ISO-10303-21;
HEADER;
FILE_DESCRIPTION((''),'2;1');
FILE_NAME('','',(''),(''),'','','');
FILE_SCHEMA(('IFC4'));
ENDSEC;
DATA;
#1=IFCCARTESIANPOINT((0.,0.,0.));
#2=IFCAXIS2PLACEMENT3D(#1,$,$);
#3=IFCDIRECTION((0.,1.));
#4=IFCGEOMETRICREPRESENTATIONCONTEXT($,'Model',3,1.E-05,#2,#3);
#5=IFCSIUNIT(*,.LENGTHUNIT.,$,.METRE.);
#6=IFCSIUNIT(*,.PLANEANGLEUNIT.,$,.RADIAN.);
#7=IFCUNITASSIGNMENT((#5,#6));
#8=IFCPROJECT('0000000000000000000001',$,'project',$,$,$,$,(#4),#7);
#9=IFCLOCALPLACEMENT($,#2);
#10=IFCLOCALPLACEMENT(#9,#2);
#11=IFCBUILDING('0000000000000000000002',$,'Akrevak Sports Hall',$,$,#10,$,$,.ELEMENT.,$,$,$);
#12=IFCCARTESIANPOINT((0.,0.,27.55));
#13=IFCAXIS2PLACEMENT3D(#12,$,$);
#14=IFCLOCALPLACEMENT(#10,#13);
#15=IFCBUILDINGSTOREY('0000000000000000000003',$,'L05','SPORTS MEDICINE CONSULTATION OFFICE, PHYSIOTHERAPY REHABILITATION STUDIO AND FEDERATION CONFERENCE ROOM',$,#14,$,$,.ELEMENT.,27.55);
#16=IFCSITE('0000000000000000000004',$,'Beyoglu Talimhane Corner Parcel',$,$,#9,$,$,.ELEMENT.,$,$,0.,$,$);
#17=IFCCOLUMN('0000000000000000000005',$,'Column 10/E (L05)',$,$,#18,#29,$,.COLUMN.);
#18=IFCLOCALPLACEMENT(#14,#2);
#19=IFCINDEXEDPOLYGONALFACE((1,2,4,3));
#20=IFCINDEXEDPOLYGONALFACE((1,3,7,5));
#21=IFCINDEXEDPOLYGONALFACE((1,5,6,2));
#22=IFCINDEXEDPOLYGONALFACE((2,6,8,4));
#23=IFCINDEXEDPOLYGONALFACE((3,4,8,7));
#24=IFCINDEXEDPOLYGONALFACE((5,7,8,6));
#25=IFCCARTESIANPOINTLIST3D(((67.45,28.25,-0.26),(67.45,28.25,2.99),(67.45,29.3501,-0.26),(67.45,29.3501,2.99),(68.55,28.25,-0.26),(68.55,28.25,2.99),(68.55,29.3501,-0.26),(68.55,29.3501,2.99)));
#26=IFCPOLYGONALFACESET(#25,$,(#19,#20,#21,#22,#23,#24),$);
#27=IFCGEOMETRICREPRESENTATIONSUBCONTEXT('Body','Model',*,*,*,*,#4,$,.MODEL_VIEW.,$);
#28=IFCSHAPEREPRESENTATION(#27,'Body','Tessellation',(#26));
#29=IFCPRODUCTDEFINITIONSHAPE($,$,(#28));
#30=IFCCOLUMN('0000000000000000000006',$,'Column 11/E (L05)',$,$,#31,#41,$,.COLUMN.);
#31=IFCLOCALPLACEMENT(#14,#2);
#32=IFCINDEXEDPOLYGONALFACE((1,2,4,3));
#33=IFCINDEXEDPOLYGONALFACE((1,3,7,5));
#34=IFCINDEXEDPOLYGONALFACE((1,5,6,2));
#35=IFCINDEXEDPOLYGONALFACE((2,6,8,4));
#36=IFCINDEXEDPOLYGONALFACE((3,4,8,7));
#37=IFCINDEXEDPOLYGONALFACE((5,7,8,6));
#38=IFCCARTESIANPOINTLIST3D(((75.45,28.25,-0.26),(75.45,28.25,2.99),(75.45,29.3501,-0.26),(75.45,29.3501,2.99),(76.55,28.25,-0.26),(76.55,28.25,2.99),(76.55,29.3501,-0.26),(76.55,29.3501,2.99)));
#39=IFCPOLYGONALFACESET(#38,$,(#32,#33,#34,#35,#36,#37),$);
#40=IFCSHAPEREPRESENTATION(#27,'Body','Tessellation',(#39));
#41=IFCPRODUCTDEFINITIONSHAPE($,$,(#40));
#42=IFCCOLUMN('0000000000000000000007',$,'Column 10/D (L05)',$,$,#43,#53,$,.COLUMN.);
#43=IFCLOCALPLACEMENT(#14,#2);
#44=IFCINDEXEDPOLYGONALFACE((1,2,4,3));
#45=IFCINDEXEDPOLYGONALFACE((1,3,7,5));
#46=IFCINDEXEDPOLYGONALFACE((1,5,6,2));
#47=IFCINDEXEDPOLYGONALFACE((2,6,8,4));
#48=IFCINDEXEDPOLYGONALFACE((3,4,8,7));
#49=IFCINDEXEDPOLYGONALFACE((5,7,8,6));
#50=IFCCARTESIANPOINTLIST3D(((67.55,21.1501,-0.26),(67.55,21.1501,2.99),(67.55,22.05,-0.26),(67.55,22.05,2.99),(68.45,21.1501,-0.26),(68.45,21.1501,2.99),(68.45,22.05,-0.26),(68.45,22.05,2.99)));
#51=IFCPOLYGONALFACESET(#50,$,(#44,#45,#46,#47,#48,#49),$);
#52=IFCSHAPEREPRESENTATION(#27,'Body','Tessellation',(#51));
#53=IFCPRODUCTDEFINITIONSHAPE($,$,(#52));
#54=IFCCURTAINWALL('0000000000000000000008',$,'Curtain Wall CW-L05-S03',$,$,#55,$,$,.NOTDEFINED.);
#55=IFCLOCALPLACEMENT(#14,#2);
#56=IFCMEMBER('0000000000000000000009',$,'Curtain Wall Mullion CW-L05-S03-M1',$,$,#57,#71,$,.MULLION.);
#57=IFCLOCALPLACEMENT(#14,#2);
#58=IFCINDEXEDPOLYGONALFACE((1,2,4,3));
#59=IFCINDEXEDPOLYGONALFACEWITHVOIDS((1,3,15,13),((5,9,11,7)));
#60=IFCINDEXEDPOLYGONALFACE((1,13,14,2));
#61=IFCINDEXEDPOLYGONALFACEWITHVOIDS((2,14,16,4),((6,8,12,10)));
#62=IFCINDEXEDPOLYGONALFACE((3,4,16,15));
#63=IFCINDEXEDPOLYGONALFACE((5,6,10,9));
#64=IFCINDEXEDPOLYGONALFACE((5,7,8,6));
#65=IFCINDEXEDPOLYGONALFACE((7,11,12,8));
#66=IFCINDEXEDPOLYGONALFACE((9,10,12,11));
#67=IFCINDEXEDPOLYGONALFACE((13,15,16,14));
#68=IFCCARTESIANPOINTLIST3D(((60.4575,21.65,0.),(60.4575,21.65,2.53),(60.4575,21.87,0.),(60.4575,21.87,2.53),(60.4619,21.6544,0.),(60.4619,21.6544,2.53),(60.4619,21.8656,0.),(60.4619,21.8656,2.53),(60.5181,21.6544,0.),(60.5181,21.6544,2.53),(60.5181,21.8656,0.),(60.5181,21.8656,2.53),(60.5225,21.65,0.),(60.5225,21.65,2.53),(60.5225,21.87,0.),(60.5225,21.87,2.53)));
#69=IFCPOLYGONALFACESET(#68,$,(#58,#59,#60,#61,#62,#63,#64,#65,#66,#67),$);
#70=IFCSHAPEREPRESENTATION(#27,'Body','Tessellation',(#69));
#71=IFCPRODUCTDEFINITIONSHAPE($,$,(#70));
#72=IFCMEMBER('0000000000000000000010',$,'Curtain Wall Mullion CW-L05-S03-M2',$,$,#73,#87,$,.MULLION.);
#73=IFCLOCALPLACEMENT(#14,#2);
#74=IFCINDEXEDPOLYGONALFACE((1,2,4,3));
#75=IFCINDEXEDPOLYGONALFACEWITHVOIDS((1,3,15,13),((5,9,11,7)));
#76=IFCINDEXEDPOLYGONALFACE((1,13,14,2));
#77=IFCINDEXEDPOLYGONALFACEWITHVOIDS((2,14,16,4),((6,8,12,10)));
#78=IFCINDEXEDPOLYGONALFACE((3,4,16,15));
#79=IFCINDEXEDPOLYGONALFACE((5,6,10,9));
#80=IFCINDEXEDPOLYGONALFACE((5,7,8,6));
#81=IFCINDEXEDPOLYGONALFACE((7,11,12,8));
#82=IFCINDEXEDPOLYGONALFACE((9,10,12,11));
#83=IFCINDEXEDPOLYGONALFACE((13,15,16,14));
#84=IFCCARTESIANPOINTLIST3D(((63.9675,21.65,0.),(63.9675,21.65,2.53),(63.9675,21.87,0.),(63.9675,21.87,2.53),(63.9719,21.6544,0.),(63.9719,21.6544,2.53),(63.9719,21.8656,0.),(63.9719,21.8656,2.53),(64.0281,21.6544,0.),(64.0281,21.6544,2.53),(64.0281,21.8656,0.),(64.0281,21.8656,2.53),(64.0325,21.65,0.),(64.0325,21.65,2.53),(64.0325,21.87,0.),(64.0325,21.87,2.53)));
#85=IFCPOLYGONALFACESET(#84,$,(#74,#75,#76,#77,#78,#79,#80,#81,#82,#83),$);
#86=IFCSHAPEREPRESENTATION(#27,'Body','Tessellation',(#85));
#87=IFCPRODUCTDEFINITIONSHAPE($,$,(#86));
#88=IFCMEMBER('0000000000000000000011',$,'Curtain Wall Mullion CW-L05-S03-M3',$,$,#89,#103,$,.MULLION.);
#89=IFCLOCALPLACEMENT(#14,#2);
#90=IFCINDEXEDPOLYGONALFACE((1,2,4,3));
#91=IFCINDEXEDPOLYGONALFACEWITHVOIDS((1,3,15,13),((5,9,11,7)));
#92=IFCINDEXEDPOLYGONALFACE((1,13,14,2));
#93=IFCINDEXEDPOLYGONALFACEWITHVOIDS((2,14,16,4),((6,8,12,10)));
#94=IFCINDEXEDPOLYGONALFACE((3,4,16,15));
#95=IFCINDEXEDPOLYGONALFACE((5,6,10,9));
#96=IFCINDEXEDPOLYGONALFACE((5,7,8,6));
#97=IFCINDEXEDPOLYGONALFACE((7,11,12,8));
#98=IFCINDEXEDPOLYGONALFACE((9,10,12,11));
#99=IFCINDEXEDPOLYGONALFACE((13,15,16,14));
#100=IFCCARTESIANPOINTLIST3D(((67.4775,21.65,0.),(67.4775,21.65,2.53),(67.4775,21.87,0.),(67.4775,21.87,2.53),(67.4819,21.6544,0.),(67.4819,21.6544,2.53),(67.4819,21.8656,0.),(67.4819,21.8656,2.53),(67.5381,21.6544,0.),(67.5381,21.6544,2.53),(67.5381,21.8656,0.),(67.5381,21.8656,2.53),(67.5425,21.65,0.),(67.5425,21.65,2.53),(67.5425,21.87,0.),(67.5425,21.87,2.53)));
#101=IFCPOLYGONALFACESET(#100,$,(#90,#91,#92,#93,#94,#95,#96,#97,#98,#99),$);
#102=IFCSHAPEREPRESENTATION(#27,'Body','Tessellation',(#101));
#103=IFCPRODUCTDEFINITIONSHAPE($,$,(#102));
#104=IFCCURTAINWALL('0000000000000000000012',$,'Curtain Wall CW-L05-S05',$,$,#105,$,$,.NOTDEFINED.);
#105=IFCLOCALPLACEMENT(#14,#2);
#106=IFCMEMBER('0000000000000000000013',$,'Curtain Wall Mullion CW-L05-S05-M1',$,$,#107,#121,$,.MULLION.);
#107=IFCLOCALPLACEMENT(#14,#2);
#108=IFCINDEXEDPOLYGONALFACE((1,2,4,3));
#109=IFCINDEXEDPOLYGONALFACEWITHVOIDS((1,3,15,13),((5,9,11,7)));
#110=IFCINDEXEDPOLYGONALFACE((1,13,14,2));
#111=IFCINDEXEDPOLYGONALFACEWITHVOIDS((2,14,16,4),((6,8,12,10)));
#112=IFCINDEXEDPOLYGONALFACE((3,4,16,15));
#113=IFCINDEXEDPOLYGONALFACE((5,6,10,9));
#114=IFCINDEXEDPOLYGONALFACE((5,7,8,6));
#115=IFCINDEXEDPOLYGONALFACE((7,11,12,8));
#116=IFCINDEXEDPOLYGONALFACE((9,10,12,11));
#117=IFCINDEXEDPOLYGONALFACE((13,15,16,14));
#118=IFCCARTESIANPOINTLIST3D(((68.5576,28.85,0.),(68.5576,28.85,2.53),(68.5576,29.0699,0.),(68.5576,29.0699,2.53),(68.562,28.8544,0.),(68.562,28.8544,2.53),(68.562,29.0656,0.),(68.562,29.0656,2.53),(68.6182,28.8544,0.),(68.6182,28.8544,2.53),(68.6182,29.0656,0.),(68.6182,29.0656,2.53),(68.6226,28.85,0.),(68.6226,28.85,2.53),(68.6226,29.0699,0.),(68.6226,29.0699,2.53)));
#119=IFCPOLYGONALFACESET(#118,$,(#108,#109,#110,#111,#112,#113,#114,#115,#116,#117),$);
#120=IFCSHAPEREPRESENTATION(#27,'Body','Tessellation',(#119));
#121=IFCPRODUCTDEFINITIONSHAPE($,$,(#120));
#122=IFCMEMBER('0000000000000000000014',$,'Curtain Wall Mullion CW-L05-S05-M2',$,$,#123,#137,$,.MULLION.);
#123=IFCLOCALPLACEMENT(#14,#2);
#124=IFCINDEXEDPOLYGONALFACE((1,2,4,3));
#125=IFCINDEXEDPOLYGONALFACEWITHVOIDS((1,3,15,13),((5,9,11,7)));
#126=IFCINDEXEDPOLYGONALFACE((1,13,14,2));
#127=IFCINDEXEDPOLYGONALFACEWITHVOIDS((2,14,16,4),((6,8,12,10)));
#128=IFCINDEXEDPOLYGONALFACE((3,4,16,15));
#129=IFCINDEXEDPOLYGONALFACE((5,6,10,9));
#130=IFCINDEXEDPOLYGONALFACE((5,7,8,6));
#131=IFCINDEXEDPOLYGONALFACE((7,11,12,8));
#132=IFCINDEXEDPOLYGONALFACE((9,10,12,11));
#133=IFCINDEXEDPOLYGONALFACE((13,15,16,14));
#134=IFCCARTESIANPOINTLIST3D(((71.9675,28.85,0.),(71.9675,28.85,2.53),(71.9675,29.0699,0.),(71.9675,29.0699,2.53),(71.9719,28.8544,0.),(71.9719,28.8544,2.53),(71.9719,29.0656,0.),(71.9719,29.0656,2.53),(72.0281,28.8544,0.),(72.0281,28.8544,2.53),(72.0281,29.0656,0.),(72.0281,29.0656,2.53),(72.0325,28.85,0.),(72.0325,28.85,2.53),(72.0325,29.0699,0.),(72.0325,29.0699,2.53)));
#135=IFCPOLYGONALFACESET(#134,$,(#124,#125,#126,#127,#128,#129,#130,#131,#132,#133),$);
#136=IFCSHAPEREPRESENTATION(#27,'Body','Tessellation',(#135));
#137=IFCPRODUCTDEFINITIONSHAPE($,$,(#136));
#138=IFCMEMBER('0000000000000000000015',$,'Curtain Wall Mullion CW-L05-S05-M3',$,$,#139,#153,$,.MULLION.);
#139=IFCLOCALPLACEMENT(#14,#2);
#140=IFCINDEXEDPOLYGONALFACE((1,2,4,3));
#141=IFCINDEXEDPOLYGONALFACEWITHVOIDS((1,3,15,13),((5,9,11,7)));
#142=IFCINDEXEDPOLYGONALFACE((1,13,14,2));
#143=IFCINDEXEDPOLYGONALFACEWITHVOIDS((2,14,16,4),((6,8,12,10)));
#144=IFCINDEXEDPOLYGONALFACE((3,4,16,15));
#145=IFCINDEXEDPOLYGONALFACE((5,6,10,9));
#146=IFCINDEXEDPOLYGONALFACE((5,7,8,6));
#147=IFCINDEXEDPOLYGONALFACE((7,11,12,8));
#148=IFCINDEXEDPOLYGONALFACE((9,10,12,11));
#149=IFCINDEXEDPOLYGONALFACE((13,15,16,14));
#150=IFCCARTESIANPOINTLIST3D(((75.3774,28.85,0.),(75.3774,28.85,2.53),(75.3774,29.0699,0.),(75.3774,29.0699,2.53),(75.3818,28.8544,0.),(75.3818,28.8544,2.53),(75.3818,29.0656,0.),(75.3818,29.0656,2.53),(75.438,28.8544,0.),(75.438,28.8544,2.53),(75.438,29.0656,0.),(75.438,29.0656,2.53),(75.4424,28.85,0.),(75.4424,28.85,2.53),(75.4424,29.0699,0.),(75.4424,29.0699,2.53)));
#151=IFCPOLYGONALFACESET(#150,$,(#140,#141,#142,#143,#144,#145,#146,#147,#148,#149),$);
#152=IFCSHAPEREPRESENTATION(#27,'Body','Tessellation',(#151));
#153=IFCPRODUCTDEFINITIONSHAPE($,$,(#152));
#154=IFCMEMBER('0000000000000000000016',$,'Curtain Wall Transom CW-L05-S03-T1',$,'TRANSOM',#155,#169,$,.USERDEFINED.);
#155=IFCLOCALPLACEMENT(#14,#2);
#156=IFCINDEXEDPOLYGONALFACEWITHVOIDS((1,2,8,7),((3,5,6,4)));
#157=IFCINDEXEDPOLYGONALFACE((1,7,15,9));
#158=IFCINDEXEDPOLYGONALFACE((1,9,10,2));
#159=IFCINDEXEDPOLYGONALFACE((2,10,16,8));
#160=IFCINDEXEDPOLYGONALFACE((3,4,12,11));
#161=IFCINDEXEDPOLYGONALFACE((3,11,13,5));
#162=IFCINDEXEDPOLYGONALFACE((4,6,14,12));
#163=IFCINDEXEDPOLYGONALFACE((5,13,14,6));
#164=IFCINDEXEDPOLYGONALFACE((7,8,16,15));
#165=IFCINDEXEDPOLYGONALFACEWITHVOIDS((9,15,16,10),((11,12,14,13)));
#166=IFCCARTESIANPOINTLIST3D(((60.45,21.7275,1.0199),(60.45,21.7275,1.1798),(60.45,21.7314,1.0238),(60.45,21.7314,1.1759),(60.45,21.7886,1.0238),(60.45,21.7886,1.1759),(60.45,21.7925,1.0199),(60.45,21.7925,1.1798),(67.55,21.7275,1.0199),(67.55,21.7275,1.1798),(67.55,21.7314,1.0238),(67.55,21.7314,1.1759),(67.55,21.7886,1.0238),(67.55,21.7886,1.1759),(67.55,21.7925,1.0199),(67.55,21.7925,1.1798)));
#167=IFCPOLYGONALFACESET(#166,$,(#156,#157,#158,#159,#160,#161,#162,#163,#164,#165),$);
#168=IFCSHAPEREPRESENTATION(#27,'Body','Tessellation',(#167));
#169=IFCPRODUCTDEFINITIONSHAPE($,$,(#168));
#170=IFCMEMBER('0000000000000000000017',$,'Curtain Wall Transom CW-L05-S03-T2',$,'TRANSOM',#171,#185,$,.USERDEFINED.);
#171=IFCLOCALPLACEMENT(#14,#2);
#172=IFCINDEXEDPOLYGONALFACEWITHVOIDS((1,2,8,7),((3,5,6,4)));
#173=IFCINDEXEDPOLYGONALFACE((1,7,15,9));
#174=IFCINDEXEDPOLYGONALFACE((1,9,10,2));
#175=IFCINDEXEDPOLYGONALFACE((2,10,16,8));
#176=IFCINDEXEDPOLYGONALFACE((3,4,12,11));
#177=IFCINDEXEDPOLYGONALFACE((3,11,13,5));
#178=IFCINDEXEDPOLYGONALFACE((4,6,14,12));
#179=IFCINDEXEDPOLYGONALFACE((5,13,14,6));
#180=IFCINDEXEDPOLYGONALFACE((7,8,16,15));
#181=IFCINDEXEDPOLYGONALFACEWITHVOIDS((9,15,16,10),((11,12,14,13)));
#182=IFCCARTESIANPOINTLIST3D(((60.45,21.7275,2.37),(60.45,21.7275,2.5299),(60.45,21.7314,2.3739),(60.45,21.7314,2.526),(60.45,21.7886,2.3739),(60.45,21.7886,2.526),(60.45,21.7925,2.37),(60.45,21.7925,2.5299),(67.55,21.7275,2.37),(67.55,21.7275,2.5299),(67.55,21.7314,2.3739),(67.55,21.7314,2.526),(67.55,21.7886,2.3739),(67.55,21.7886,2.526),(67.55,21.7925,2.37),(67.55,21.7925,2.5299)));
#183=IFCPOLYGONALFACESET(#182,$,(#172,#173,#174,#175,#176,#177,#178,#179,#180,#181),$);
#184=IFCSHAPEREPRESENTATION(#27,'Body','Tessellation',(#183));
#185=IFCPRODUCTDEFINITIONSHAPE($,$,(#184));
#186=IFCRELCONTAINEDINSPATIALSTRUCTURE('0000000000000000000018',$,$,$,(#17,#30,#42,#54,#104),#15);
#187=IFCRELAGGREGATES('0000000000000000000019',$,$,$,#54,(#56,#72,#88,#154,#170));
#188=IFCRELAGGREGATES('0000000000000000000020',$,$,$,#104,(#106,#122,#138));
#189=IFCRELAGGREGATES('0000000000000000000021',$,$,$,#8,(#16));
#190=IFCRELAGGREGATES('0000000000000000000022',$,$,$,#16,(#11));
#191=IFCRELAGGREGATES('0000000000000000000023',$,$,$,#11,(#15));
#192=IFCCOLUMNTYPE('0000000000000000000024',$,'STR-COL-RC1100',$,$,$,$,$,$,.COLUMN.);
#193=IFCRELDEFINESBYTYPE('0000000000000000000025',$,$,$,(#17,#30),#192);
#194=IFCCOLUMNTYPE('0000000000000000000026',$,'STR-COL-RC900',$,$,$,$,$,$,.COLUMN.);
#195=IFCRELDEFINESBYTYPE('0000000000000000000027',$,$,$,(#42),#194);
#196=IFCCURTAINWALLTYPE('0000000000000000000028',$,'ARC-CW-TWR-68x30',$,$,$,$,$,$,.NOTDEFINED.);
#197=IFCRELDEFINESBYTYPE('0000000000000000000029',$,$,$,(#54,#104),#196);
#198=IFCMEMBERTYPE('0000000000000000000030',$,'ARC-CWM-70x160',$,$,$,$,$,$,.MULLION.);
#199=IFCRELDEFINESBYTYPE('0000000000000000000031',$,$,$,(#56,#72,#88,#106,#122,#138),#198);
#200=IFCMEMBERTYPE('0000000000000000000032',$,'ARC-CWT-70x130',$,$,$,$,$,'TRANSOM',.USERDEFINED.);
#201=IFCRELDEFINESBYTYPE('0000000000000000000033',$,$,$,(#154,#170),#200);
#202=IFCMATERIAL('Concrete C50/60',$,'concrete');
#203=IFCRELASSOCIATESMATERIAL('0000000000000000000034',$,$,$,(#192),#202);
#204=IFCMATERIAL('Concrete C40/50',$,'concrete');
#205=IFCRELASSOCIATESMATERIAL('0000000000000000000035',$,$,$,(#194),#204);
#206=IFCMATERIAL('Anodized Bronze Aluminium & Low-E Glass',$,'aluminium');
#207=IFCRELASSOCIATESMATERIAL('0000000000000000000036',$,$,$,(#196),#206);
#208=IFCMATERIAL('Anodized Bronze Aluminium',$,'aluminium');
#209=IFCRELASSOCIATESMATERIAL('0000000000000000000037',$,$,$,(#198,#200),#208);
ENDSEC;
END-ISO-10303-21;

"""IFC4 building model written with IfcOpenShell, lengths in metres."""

from ifc_helpers import new_model, si_unit, direction, frame, origin, origin_2d, place, context, subcontext, project, spatial, rectangle, hollow_rectangle, extrude, material, material_profile, profile_set, type_object, element, aggregate, save


model = new_model("IFC4")

# Units and contexts
model_context = context("Model", 3, precision=1e-05, world=origin(), true_north=direction((0.0, 1.0)))
body_context = subcontext(model_context, "Body", "Model", "MODEL_VIEW")
ifc_project = project(units=[si_unit("LENGTHUNIT", "METRE"), si_unit("PLANEANGLEUNIT", "RADIAN")], contexts=[model_context])

# Site, building, storey
site_placement = place(None, origin())
site = spatial("IfcSite", under=ifc_project, at=site_placement, Name="Beyoglu Talimhane Corner Parcel", CompositionType="ELEMENT", RefElevation=0.0)
building_placement = place(site_placement, origin())
building = spatial("IfcBuilding", under=site, at=building_placement, Name="Akrevak Sports Hall", CompositionType="ELEMENT")
storey_placement = place(building_placement, frame((0.0, 0.0, 27.55)))
storey = spatial("IfcBuildingStorey", under=building, at=storey_placement, Name="L05", Description="SPORTS MEDICINE CONSULTATION OFFICE, PHYSIOTHERAPY REHABILITATION STUDIO AND FEDERATION CONFERENCE ROOM", CompositionType="ELEMENT", Elevation=27.55)

# Columns
ifc_material_1 = material(Name="Concrete C50/60", Category="concrete")
ifc_material_profile_1 = material_profile(ifc_material_1, rectangle(XDim=1.1001, YDim=1.1001, at=origin_2d()), Name="RC 1100x1100", Category="concrete")
ifc_profile_set_1 = profile_set([ifc_material_profile_1], Name="Concrete C50/60")
column_type_1 = type_object("IfcColumnType", Name="STR-COL-RC1100", PredefinedType="COLUMN", material=ifc_profile_set_1)
for number, where, z_axis, x_axis, name in (
    (1, (68.0, 28.8, -0.26), (0.0, 0.0, 1.0), (1.0, 0.0, 0.0), "Column 10/E (L05)"),
    (2, (76.0, 28.8, -0.26), (0.0, 0.0, 1.0), (1.0, 0.0, 0.0), "Column 11/E (L05)"),
):
    element("IfcColumn", number, at=place(storey_placement, frame(where, z_axis=z_axis, x_axis=x_axis)), inside=storey, type_object=column_type_1, Name=name, PredefinedType="COLUMN", context=body_context, shape_type="SweptSolid", body=[
        extrude(rectangle(XDim=1.1001, YDim=1.1001, at=origin_2d()), origin(), (0.0, 0.0, 1.0), 3.25),
    ])
ifc_material_2 = material(Name="Concrete C40/50", Category="concrete")
ifc_material_profile_2 = material_profile(ifc_material_2, rectangle(XDim=0.8999, YDim=0.8999, at=origin_2d()), Name="RC 900x900", Category="concrete")
ifc_profile_set_2 = profile_set([ifc_material_profile_2], Name="Concrete C40/50")
column_type_2 = type_object("IfcColumnType", Name="STR-COL-RC900", PredefinedType="COLUMN", material=ifc_profile_set_2)
column_placement = place(storey_placement, frame((68.0, 21.6001, -0.26), z_axis=(0.0, 0.0, 1.0), x_axis=(1.0, 0.0, 0.0)))
element("IfcColumn", 3, at=column_placement, inside=storey, type_object=column_type_2, Name="Column 10/D (L05)", PredefinedType="COLUMN", context=body_context, shape_type="SweptSolid", body=[
    extrude(rectangle(XDim=0.8999, YDim=0.8999, at=origin_2d()), origin(), (0.0, 0.0, 1.0), 3.25),
])

# Curtain walls, members
ifc_material_3 = material(Name="Anodized Bronze Aluminium & Low-E Glass", Category="aluminium")
curtain_wall_type = type_object("IfcCurtainWallType", Name="ARC-CW-TWR-68x30", PredefinedType="NOTDEFINED", material=ifc_material_3)
curtain_wall_1_placement = place(storey_placement, origin())
curtain_wall_1 = element("IfcCurtainWall", 4, at=curtain_wall_1_placement, inside=storey, type_object=curtain_wall_type, Name="Curtain Wall CW-L05-S03", PredefinedType="NOTDEFINED")
ifc_material_4 = material(Name="Anodized Bronze Aluminium", Category="aluminium")
ifc_material_profile_3 = material_profile(ifc_material_4, hollow_rectangle(XDim=0.0649, YDim=0.22, WallThickness=0.0044, at=origin_2d()), Name="CWM 65x220", Category="aluminium")
ifc_profile_set_3 = profile_set([ifc_material_profile_3], Name="Anodized Bronze Aluminium")
member_type_1 = type_object("IfcMemberType", Name="ARC-CWM-70x160", PredefinedType="MULLION", material=ifc_profile_set_3)
member_1_placement = place(storey_placement, frame((60.49, 21.76, 0.0), z_axis=(0.0, 0.0, 1.0), x_axis=(1.0, 0.0, 0.0)))
member_1 = element("IfcMember", 5, at=member_1_placement, type_object=member_type_1, Name="Curtain Wall Mullion CW-L05-S03-M1", PredefinedType="MULLION", context=body_context, shape_type="SweptSolid", body=[
    extrude(hollow_rectangle(XDim=0.0649, YDim=0.22, WallThickness=0.0044, at=origin_2d()), origin(), (0.0, 0.0, 1.0), 2.53),
])
member_2_placement = place(storey_placement, frame((64.0, 21.76, 0.0), z_axis=(0.0, 0.0, 1.0), x_axis=(1.0, 0.0, 0.0)))
member_2 = element("IfcMember", 6, at=member_2_placement, type_object=member_type_1, Name="Curtain Wall Mullion CW-L05-S03-M2", PredefinedType="MULLION", context=body_context, shape_type="SweptSolid", body=[
    extrude(hollow_rectangle(XDim=0.0649, YDim=0.22, WallThickness=0.0044, at=origin_2d()), origin(), (0.0, 0.0, 1.0), 2.53),
])
member_3_placement = place(storey_placement, frame((67.51, 21.76, 0.0), z_axis=(0.0, 0.0, 1.0), x_axis=(1.0, 0.0, 0.0)))
member_3 = element("IfcMember", 7, at=member_3_placement, type_object=member_type_1, Name="Curtain Wall Mullion CW-L05-S03-M3", PredefinedType="MULLION", context=body_context, shape_type="SweptSolid", body=[
    extrude(hollow_rectangle(XDim=0.0649, YDim=0.22, WallThickness=0.0044, at=origin_2d()), origin(), (0.0, 0.0, 1.0), 2.53),
])
curtain_wall_2_placement = place(storey_placement, origin())
curtain_wall_2 = element("IfcCurtainWall", 8, at=curtain_wall_2_placement, inside=storey, type_object=curtain_wall_type, Name="Curtain Wall CW-L05-S05", PredefinedType="NOTDEFINED")
member_4_placement = place(storey_placement, frame((68.5901, 28.96, 0.0), z_axis=(0.0, 0.0, 1.0), x_axis=(1.0, 0.0, 0.0)))
member_4 = element("IfcMember", 9, at=member_4_placement, type_object=member_type_1, Name="Curtain Wall Mullion CW-L05-S05-M1", PredefinedType="MULLION", context=body_context, shape_type="SweptSolid", body=[
    extrude(hollow_rectangle(XDim=0.0649, YDim=0.22, WallThickness=0.0044, at=origin_2d()), origin(), (0.0, 0.0, 1.0), 2.53),
])
member_5_placement = place(storey_placement, frame((72.0, 28.96, 0.0), z_axis=(0.0, 0.0, 1.0), x_axis=(1.0, 0.0, 0.0)))
member_5 = element("IfcMember", 10, at=member_5_placement, type_object=member_type_1, Name="Curtain Wall Mullion CW-L05-S05-M2", PredefinedType="MULLION", context=body_context, shape_type="SweptSolid", body=[
    extrude(hollow_rectangle(XDim=0.0649, YDim=0.22, WallThickness=0.0044, at=origin_2d()), origin(), (0.0, 0.0, 1.0), 2.53),
])
member_6_placement = place(storey_placement, frame((75.4099, 28.96, 0.0), z_axis=(0.0, 0.0, 1.0), x_axis=(1.0, 0.0, 0.0)))
member_6 = element("IfcMember", 11, at=member_6_placement, type_object=member_type_1, Name="Curtain Wall Mullion CW-L05-S05-M3", PredefinedType="MULLION", context=body_context, shape_type="SweptSolid", body=[
    extrude(hollow_rectangle(XDim=0.0649, YDim=0.22, WallThickness=0.0044, at=origin_2d()), origin(), (0.0, 0.0, 1.0), 2.53),
])

# Members
ifc_material_profile_4 = material_profile(ifc_material_4, hollow_rectangle(XDim=0.0649, YDim=0.1599, WallThickness=0.0039, at=origin_2d()), Name="CWT 65x160", Category="aluminium")
ifc_profile_set_4 = profile_set([ifc_material_profile_4], Name="Anodized Bronze Aluminium")
member_type_2 = type_object("IfcMemberType", Name="ARC-CWT-70x130", ElementType="TRANSOM", PredefinedType="USERDEFINED", material=ifc_profile_set_4)
member_7_placement = place(storey_placement, frame((60.45, 21.76, 1.0999), z_axis=(1.0, 0.0, 0.0), x_axis=(0.0, 1.0, 0.0)))
member_7 = element("IfcMember", 12, at=member_7_placement, type_object=member_type_2, Name="Curtain Wall Transom CW-L05-S03-T1", ObjectType="TRANSOM", PredefinedType="USERDEFINED", context=body_context, shape_type="SweptSolid", body=[
    extrude(hollow_rectangle(XDim=0.0649, YDim=0.1599, WallThickness=0.0039, at=origin_2d()), origin(), (0.0, 0.0, 1.0), 7.1001),
])
member_8_placement = place(storey_placement, frame((60.45, 21.76, 2.45), z_axis=(1.0, 0.0, 0.0), x_axis=(0.0, 1.0, 0.0)))
member_8 = element("IfcMember", 13, at=member_8_placement, type_object=member_type_2, Name="Curtain Wall Transom CW-L05-S03-T2", ObjectType="TRANSOM", PredefinedType="USERDEFINED", context=body_context, shape_type="SweptSolid", body=[
    extrude(hollow_rectangle(XDim=0.0649, YDim=0.1599, WallThickness=0.0039, at=origin_2d()), origin(), (0.0, 0.0, 1.0), 7.1001),
])

aggregate(curtain_wall_1, [member_1, member_2, member_3, member_7, member_8])
aggregate(curtain_wall_2, [member_4, member_5, member_6])

save(model, "model.ifc")
